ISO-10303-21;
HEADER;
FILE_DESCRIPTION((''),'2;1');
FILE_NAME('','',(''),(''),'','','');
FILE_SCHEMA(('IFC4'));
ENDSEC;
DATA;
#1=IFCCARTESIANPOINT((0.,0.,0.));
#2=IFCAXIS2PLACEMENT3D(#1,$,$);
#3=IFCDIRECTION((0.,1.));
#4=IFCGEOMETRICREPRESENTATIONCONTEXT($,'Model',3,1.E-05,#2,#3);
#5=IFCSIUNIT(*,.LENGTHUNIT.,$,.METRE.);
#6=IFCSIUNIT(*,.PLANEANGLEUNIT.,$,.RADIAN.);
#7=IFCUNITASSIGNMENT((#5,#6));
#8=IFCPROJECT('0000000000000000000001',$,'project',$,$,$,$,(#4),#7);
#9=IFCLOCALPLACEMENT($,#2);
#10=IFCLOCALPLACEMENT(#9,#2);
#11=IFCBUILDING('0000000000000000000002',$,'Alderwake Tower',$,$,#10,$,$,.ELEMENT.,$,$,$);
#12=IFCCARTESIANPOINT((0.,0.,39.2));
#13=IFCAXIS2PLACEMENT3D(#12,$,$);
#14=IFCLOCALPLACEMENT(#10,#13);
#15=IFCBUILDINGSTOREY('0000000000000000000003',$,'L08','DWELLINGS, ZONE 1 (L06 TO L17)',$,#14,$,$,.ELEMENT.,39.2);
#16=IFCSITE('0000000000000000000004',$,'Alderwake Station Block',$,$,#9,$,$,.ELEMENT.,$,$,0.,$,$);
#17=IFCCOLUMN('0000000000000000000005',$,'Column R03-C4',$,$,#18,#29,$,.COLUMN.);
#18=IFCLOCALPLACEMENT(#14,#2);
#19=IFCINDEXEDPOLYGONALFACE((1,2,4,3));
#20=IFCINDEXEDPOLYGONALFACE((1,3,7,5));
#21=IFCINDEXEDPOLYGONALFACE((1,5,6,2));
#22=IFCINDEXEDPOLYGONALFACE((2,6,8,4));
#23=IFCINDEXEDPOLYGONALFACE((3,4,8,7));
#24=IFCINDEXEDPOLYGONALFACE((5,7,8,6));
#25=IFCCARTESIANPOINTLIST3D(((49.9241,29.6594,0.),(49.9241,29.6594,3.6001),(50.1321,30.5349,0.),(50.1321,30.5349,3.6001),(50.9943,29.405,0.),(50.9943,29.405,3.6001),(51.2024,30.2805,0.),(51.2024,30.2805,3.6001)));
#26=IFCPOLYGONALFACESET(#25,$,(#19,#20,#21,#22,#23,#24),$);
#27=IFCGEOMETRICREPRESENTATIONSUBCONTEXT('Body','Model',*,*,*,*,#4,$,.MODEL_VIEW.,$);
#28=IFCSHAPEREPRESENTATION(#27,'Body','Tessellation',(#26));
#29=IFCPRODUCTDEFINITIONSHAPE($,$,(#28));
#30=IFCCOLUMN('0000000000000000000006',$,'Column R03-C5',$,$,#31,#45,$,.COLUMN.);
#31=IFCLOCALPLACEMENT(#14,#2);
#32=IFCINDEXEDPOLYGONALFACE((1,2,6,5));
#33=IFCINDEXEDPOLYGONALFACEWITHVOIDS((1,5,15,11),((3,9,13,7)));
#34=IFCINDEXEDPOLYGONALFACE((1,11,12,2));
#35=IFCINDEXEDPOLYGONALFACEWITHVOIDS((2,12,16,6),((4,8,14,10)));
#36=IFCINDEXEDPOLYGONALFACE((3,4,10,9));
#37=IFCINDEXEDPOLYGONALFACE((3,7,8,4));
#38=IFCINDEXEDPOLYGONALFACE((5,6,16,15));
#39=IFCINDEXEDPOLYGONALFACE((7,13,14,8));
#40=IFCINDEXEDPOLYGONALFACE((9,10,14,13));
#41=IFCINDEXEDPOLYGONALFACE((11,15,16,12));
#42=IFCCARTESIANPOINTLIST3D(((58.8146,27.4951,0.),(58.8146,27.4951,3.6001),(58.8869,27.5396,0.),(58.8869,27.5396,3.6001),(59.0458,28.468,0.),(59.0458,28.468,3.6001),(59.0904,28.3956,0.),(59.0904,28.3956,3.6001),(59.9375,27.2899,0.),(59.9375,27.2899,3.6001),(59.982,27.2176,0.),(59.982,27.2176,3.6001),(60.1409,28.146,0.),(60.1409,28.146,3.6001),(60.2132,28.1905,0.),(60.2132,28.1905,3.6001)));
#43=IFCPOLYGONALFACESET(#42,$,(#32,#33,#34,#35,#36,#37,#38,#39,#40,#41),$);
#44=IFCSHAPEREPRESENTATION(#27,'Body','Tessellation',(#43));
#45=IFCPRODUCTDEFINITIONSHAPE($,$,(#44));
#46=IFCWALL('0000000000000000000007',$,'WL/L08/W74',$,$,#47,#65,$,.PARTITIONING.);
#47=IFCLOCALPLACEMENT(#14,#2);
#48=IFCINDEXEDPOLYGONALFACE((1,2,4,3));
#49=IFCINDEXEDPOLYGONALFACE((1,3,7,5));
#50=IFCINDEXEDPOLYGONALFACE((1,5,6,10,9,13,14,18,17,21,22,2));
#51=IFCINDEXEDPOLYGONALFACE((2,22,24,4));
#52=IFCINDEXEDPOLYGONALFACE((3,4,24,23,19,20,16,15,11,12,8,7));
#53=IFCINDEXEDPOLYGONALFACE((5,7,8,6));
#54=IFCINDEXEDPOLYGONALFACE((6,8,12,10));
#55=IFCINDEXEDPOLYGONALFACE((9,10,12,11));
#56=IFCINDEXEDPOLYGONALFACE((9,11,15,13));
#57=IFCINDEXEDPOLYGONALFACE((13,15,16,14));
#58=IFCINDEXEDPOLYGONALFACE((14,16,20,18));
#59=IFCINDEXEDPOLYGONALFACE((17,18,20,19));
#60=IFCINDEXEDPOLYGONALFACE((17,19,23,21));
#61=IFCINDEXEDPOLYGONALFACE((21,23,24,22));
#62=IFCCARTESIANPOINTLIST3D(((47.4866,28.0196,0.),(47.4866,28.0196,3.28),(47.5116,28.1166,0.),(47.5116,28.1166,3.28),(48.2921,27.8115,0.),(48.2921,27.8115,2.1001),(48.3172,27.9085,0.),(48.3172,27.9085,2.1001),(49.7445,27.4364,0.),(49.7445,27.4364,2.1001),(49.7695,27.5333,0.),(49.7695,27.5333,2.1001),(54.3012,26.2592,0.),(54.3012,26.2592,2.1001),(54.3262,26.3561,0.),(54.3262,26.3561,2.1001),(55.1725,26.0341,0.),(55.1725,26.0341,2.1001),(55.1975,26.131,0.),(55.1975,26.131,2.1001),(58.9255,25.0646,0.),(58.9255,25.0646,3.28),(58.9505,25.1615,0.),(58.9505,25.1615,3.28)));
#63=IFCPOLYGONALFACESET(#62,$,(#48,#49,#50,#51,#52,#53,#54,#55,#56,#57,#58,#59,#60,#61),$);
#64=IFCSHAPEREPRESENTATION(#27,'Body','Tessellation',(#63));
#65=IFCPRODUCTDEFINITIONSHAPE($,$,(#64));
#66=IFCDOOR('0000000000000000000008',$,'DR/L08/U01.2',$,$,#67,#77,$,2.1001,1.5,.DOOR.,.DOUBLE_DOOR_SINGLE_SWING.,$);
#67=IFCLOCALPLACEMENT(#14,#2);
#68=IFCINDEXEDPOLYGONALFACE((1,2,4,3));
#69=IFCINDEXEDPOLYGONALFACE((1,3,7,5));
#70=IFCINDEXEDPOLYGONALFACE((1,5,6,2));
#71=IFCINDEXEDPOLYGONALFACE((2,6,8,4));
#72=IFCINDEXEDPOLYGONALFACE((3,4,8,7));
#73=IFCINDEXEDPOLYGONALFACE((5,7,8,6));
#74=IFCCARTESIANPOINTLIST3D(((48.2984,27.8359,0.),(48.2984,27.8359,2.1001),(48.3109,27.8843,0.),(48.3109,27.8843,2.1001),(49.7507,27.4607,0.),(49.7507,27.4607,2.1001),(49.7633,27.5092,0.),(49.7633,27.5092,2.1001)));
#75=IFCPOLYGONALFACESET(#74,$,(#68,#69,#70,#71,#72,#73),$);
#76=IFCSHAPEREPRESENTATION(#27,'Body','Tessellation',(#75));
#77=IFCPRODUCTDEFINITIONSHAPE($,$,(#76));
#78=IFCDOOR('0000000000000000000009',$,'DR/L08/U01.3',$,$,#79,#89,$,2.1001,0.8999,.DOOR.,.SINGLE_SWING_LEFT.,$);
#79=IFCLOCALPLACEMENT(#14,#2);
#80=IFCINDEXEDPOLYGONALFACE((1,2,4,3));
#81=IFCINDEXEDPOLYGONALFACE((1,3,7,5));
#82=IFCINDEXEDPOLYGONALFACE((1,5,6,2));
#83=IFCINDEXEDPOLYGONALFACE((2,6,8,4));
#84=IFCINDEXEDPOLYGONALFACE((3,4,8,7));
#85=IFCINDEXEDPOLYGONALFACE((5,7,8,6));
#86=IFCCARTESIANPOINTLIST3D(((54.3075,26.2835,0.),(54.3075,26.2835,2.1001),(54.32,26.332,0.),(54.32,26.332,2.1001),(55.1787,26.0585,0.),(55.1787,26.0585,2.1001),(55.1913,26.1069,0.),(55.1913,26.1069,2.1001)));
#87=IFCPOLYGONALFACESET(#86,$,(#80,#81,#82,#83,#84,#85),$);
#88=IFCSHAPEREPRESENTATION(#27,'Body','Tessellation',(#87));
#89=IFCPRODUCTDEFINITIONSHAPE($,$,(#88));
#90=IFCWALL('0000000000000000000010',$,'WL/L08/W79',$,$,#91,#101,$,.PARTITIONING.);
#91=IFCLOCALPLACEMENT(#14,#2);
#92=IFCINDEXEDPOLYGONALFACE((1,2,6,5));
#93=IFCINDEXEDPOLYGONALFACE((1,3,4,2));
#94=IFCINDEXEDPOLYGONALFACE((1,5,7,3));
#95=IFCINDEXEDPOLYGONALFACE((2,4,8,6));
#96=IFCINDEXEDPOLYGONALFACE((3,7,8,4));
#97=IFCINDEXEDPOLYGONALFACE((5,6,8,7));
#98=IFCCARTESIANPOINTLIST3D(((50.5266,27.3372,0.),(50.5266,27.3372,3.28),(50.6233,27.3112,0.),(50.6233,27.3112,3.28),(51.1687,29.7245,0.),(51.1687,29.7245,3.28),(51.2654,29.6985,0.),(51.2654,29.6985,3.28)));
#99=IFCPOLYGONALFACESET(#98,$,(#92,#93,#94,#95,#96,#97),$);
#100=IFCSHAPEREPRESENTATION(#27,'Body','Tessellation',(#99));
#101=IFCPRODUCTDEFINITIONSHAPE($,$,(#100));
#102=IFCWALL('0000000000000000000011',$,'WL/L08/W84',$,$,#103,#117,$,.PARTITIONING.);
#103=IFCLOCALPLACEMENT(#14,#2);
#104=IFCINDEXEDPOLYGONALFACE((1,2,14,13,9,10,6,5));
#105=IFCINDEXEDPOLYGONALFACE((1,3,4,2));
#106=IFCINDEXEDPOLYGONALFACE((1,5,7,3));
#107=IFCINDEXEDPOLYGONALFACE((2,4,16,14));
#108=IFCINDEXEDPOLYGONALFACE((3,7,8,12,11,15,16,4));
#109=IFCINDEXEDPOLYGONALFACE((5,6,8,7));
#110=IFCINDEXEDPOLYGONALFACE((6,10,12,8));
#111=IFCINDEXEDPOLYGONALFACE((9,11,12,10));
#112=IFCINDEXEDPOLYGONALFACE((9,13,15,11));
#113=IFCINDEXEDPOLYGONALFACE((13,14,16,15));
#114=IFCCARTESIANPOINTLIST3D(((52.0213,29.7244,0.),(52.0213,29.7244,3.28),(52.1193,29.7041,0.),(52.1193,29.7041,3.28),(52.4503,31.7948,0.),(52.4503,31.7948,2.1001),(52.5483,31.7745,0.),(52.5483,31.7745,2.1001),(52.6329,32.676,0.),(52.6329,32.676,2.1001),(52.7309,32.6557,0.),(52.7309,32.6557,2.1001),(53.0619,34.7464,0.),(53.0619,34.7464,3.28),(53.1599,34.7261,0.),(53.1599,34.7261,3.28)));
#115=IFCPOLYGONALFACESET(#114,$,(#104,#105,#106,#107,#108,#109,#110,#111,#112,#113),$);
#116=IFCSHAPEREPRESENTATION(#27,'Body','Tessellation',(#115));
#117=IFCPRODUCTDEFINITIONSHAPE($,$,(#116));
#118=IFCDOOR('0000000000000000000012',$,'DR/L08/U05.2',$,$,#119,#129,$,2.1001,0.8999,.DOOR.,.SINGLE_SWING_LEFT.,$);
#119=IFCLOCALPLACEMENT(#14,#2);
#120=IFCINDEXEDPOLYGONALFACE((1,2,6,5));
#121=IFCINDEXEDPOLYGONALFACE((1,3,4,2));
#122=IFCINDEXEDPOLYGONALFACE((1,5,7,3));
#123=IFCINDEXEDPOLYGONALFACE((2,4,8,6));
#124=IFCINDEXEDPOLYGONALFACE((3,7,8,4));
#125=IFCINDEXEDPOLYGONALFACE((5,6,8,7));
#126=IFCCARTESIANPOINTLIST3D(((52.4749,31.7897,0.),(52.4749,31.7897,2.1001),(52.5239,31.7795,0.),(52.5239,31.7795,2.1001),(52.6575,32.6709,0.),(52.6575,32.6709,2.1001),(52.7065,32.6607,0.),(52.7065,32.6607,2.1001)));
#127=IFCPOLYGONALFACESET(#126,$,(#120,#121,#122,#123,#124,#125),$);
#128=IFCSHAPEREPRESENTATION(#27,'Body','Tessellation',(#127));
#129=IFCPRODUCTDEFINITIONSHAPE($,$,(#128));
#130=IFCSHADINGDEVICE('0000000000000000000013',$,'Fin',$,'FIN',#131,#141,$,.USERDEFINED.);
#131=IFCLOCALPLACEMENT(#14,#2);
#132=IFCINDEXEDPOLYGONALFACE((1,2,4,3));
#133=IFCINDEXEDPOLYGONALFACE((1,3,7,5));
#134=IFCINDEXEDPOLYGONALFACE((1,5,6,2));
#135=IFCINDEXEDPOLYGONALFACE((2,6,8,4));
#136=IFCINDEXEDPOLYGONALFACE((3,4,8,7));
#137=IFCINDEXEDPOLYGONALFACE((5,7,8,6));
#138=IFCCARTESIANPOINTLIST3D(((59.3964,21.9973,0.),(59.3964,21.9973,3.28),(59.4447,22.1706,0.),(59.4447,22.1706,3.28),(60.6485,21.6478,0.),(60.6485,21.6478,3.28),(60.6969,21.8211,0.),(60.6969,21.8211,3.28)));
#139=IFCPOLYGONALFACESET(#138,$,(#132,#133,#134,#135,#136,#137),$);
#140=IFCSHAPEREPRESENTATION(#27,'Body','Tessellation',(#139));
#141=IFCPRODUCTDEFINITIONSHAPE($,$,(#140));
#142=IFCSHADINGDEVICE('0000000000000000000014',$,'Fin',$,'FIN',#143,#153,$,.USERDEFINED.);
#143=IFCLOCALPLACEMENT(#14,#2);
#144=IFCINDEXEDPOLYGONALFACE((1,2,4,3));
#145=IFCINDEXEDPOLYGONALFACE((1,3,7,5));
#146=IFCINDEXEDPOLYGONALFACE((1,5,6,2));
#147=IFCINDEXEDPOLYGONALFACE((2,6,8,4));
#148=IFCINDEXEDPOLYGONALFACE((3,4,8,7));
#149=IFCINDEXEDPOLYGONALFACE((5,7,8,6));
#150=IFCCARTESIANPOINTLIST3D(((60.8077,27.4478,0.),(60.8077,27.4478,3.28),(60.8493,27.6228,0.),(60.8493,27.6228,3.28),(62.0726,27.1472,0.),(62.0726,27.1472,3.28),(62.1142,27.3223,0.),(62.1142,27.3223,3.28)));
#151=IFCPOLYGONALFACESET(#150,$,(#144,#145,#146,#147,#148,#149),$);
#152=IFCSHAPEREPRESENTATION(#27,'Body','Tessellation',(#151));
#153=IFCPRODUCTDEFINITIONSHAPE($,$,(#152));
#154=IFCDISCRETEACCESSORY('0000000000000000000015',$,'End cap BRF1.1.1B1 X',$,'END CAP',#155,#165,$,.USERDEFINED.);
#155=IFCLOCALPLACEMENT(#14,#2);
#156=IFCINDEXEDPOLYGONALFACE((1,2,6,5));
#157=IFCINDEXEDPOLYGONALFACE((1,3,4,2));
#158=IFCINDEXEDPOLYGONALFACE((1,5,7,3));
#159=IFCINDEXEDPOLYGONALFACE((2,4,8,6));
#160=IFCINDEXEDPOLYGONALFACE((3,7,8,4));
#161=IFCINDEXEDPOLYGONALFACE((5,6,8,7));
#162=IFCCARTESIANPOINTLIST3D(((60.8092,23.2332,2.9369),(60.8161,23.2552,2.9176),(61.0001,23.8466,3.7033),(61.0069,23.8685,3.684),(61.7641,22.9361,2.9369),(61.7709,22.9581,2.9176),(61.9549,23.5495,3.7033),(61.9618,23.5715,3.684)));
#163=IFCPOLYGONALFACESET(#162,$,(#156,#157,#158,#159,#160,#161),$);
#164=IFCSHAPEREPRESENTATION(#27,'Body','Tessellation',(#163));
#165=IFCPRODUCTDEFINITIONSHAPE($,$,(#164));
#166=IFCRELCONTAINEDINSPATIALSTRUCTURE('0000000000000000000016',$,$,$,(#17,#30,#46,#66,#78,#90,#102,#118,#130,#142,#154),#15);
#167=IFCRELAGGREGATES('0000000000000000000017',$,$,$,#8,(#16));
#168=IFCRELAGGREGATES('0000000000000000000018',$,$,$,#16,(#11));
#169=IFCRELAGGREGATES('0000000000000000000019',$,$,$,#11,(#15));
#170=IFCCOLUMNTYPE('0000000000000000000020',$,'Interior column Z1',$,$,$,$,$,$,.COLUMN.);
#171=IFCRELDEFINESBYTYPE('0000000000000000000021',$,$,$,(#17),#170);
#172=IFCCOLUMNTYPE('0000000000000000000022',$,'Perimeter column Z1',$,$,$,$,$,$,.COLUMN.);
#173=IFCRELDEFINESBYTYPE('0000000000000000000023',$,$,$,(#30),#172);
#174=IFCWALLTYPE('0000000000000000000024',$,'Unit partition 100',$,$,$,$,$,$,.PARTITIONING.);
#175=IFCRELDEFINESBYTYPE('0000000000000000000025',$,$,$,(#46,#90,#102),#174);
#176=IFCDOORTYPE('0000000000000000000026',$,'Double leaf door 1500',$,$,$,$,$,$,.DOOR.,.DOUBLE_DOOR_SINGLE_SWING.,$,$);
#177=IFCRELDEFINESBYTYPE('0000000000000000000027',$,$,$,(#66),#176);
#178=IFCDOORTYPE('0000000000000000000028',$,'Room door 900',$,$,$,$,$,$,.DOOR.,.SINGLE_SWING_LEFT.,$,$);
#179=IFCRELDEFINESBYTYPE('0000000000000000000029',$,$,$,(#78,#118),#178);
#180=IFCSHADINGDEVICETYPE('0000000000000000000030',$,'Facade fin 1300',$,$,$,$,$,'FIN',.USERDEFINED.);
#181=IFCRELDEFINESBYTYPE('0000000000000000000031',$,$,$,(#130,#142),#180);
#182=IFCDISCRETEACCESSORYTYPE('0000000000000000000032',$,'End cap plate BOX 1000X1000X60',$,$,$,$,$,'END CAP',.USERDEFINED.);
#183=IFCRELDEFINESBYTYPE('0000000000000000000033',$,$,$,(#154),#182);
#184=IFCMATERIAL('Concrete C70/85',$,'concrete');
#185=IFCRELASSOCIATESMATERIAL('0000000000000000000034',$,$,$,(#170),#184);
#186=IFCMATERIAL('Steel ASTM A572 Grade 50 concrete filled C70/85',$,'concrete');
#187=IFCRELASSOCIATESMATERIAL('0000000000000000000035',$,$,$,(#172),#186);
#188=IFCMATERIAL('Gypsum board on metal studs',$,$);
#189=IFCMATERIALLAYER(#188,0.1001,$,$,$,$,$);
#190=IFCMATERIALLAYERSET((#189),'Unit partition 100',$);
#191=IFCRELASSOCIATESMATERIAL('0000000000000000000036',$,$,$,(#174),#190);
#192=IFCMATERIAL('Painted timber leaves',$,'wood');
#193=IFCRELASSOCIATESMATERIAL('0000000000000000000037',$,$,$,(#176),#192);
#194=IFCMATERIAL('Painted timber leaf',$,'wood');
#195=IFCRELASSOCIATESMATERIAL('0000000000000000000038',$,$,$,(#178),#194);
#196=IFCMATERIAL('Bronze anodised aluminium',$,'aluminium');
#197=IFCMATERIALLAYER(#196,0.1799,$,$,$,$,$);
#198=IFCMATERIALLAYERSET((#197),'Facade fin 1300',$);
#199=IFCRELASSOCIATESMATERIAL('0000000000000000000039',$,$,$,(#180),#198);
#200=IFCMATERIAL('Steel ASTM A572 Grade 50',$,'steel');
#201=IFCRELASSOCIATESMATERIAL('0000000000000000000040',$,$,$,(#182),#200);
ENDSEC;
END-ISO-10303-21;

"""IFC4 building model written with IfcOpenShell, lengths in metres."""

from ifc_helpers import new_model, si_unit, direction, frame, frame_2d, origin, origin_2d, place, context, subcontext, project, spatial, rectangle, hollow_rectangle, extrude, material, layer, layer_set, material_profile, profile_set, type_object, element, fill, save


model = new_model("IFC4")

# Units and contexts
model_context = context("Model", 3, precision=1e-05, world=origin(), true_north=direction((0.0, 1.0)))
body_context = subcontext(model_context, "Body", "Model", "MODEL_VIEW")
ifc_project = project(units=[si_unit("LENGTHUNIT", "METRE"), si_unit("PLANEANGLEUNIT", "RADIAN")], contexts=[model_context])

# Site, building, storey
site_placement = place(None, origin())
site = spatial("IfcSite", under=ifc_project, at=site_placement, Name="Alderwake Station Block", CompositionType="ELEMENT", RefElevation=0.0)
building_placement = place(site_placement, origin())
building = spatial("IfcBuilding", under=site, at=building_placement, Name="Alderwake Tower", CompositionType="ELEMENT")
storey_placement = place(building_placement, frame((0.0, 0.0, 39.2)))
storey = spatial("IfcBuildingStorey", under=building, at=storey_placement, Name="L08", Description="DWELLINGS, ZONE 1 (L06 TO L17)", CompositionType="ELEMENT", Elevation=39.2)

# Columns
ifc_material_1 = material(Name="Concrete C70/85", Category="concrete")
ifc_material_profile_1 = material_profile(ifc_material_1, rectangle(XDim=0.8999, YDim=1.1001, at=origin_2d()), Name="RC 1100X900")
ifc_profile_set_1 = profile_set([ifc_material_profile_1], Name="Concrete C70/85")
column_type_1 = type_object("IfcColumnType", Name="Interior column Z1", PredefinedType="COLUMN", material=ifc_profile_set_1)
column_1_placement = place(storey_placement, frame((50.5632, 29.97, 0.0), z_axis=(0.0, 0.0, 1.0), x_axis=(0.231222, 0.972901, 0.0)))
element("IfcColumn", 1, at=column_1_placement, inside=storey, type_object=column_type_1, Name="Column R03-C4", PredefinedType="COLUMN", context=body_context, shape_type="SweptSolid", body=[
    extrude(rectangle(XDim=0.8999, YDim=1.1001, at=origin_2d()), origin(), (0.0, 0.0, 1.0), 3.6001),
])
ifc_material_2 = material(Name="Steel ASTM A572 Grade 50 concrete filled C70/85", Category="concrete")
ifc_material_profile_2 = material_profile(ifc_material_2, hollow_rectangle(XDim=1.0, YDim=1.2, WallThickness=0.0601, at=origin_2d()), Name="BOX 1200X1000X60")
ifc_profile_set_2 = profile_set([ifc_material_profile_2], Name="Steel ASTM A572 Grade 50 concrete filled C70/85")
column_type_2 = type_object("IfcColumnType", Name="Perimeter column Z1", PredefinedType="COLUMN", material=ifc_profile_set_2)
column_2_placement = place(storey_placement, frame((59.5139, 27.8428, 0.0), z_axis=(0.0, 0.0, 1.0), x_axis=(0.231222, 0.972901, 0.0)))
element("IfcColumn", 2, at=column_2_placement, inside=storey, type_object=column_type_2, Name="Column R03-C5", PredefinedType="COLUMN", context=body_context, shape_type="SweptSolid", body=[
    extrude(hollow_rectangle(XDim=1.0, YDim=1.2, WallThickness=0.0601, at=origin_2d()), origin(), (0.0, 0.0, 1.0), 3.6001),
])

# Wall, openings, doors
ifc_material_3 = material(Name="Gypsum board on metal studs")
ifc_layer_1 = layer(ifc_material_3, 0.1001)
ifc_layer_set_1 = layer_set([ifc_layer_1], Name="Unit partition 100")
wall_type_1 = type_object("IfcWallType", Name="Unit partition 100", PredefinedType="PARTITIONING", material=ifc_layer_set_1)
wall_1_placement = place(storey_placement, frame((58.938, 25.113, 0.0), z_axis=(0.0, 0.0, 1.0), x_axis=(-0.968214, 0.250123, 0.0)))
wall_1 = element("IfcWall", 3, at=wall_1_placement, inside=storey, type_object=wall_type_1, Name="WL/L08/W74", PredefinedType="PARTITIONING", context=body_context, shape_type="SweptSolid", body=[
    extrude(rectangle(XDim=11.8145, YDim=0.1001, at=frame_2d((5.9072, 0.0))), origin(), (0.0, 0.0, 1.0), 3.28),
])
opening_1_placement = place(wall_1_placement, frame((9.4824, 0.0, 0.0)))
opening_1 = element("IfcOpeningElement", 4, at=opening_1_placement, cuts=wall_1, PredefinedType="OPENING", context=body_context, shape_type="SweptSolid", body=[
    extrude(rectangle(XDim=1.5, YDim=2.1001, at=frame_2d((0.75, 1.05))), frame((0.0, 0.0601, 0.0), z_axis=(0.0, -1.0, 0.0), x_axis=(1.0, 0.0, 0.0)), (0.0, 0.0, 1.0), 0.1201),
])
opening_2_placement = place(wall_1_placement, frame((3.8762, 0.0, 0.0)))
opening_2 = element("IfcOpeningElement", 5, at=opening_2_placement, cuts=wall_1, PredefinedType="OPENING", context=body_context, shape_type="SweptSolid", body=[
    extrude(rectangle(XDim=0.8999, YDim=2.1001, at=frame_2d((0.45, 1.05))), frame((0.0, 0.0601, 0.0), z_axis=(0.0, -1.0, 0.0), x_axis=(1.0, 0.0, 0.0)), (0.0, 0.0, 1.0), 0.1201),
])
ifc_material_4 = material(Name="Painted timber leaves", Category="wood")
door_type_1 = type_object("IfcDoorType", Name="Double leaf door 1500", OperationType="DOUBLE_DOOR_SINGLE_SWING", PredefinedType="DOOR", material=ifc_material_4)
door_1_placement = place(opening_1_placement, origin())
door_1 = element("IfcDoor", 6, at=door_1_placement, inside=storey, type_object=door_type_1, Name="DR/L08/U01.2", OperationType="DOUBLE_DOOR_SINGLE_SWING", OverallHeight=2.1001, OverallWidth=1.5, PredefinedType="DOOR", context=body_context, shape_type="SweptSolid", body=[
    extrude(rectangle(XDim=1.5, YDim=2.1001, at=frame_2d((0.75, 1.05))), frame((0.0, 0.0249, 0.0), z_axis=(0.0, -1.0, 0.0), x_axis=(1.0, 0.0, 0.0)), (0.0, 0.0, 1.0), 0.05),
])
fill(opening_1, door_1)
ifc_material_5 = material(Name="Painted timber leaf", Category="wood")
door_type_2 = type_object("IfcDoorType", Name="Room door 900", OperationType="SINGLE_SWING_LEFT", PredefinedType="DOOR", material=ifc_material_5)
door_2_placement = place(opening_2_placement, origin())
door_2 = element("IfcDoor", 7, at=door_2_placement, inside=storey, type_object=door_type_2, Name="DR/L08/U01.3", OperationType="SINGLE_SWING_LEFT", OverallHeight=2.1001, OverallWidth=0.8999, PredefinedType="DOOR", context=body_context, shape_type="SweptSolid", body=[
    extrude(rectangle(XDim=0.8999, YDim=2.1001, at=frame_2d((0.45, 1.05))), frame((0.0, 0.0249, 0.0), z_axis=(0.0, -1.0, 0.0), x_axis=(1.0, 0.0, 0.0)), (0.0, 0.0, 1.0), 0.05),
])
fill(opening_2, door_2)

# Wall
wall_2_placement = place(storey_placement, frame((50.575, 27.3242, 0.0), z_axis=(0.0, 0.0, 1.0), x_axis=(0.25974, 0.965679, 0.0)))
element("IfcWall", 8, at=wall_2_placement, inside=storey, type_object=wall_type_1, Name="WL/L08/W79", PredefinedType="PARTITIONING", context=body_context, shape_type="SweptSolid", body=[
    extrude(rectangle(XDim=2.4722, YDim=0.1001, at=frame_2d((1.2361, 0.0))), origin(), (0.0, 0.0, 1.0), 3.28),
])

# Wall, opening, door
wall_3_placement = place(storey_placement, frame((52.0703, 29.7141, 0.0), z_axis=(0.0, 0.0, 1.0), x_axis=(0.202886, 0.979202, 0.0)))
wall_3 = element("IfcWall", 9, at=wall_3_placement, inside=storey, type_object=wall_type_1, Name="WL/L08/W84", PredefinedType="PARTITIONING", context=body_context, shape_type="SweptSolid", body=[
    extrude(rectangle(XDim=5.1287, YDim=0.1001, at=frame_2d((2.5645, 0.0))), origin(), (0.0, 0.0, 1.0), 3.28),
])
opening_3_placement = place(wall_3_placement, frame((2.1145, 0.0, 0.0)))
opening_3 = element("IfcOpeningElement", 10, at=opening_3_placement, cuts=wall_3, PredefinedType="OPENING", context=body_context, shape_type="SweptSolid", body=[
    extrude(rectangle(XDim=0.8999, YDim=2.1001, at=frame_2d((0.45, 1.05))), frame((0.0, 0.0601, 0.0), z_axis=(0.0, -1.0, 0.0), x_axis=(1.0, 0.0, 0.0)), (0.0, 0.0, 1.0), 0.1201),
])
door_3_placement = place(opening_3_placement, origin())
door_3 = element("IfcDoor", 11, at=door_3_placement, inside=storey, type_object=door_type_2, Name="DR/L08/U05.2", OperationType="SINGLE_SWING_LEFT", OverallHeight=2.1001, OverallWidth=0.8999, PredefinedType="DOOR", context=body_context, shape_type="SweptSolid", body=[
    extrude(rectangle(XDim=0.8999, YDim=2.1001, at=frame_2d((0.45, 1.05))), frame((0.0, 0.0249, 0.0), z_axis=(0.0, -1.0, 0.0), x_axis=(1.0, 0.0, 0.0)), (0.0, 0.0, 1.0), 0.05),
])
fill(opening_3, door_3)

# Shading devices
ifc_material_6 = material(Name="Bronze anodised aluminium", Category="aluminium")
ifc_layer_2 = layer(ifc_material_6, 0.1799)
ifc_layer_set_2 = layer_set([ifc_layer_2], Name="Facade fin 1300")
shading_device_type = type_object("IfcShadingDeviceType", Name="Facade fin 1300", ElementType="FIN", PredefinedType="USERDEFINED", material=ifc_layer_set_2)
for number, where, z_axis, x_axis, name in (
    (12, (60.0466, 21.9092, 0.0), (0.0, 0.0, 1.0), (0.963182, -0.268851, 0.0), "Fin"),
    (13, (61.4609, 27.385, 0.0), (0.0, 0.0, 1.0), (0.972909, -0.231189, 0.0), "Fin"),
):
    element("IfcShadingDevice", number, at=place(storey_placement, frame(where, z_axis=z_axis, x_axis=x_axis)), inside=storey, type_object=shading_device_type, Name=name, ObjectType="FIN", PredefinedType="USERDEFINED", context=body_context, shape_type="SweptSolid", body=[
        extrude(rectangle(XDim=1.3, YDim=0.1799, at=origin_2d()), origin(), (0.0, 0.0, 1.0), 3.28),
    ])

# Discrete accessory
ifc_material_7 = material(Name="Steel ASTM A572 Grade 50", Category="steel")
ifc_material_profile_3 = material_profile(ifc_material_7, rectangle(XDim=1.0, YDim=1.0, at=origin_2d()), Name="BOX 1000X1000X60 cap")
ifc_profile_set_3 = profile_set([ifc_material_profile_3], Name="Steel ASTM A572 Grade 50")
discrete_accessory_type = type_object("IfcDiscreteAccessoryType", Name="End cap plate BOX 1000X1000X60", ElementType="END CAP", PredefinedType="USERDEFINED", material=ifc_profile_set_3)
discrete_accessory_placement = place(storey_placement, frame((61.3889, 23.4133, 3.3008), z_axis=(-0.227672, -0.731804, 0.642361), x_axis=(0.954857, -0.297067, 0.0)))
element("IfcDiscreteAccessory", 14, at=discrete_accessory_placement, inside=storey, type_object=discrete_accessory_type, Name="End cap BRF1.1.1B1 X", ObjectType="END CAP", PredefinedType="USERDEFINED", context=body_context, shape_type="SweptSolid", body=[
    extrude(rectangle(XDim=1.0, YDim=1.0, at=origin_2d()), origin(), (0.0, 0.0, 1.0), 0.03),
])

save(model, "model.ifc")
